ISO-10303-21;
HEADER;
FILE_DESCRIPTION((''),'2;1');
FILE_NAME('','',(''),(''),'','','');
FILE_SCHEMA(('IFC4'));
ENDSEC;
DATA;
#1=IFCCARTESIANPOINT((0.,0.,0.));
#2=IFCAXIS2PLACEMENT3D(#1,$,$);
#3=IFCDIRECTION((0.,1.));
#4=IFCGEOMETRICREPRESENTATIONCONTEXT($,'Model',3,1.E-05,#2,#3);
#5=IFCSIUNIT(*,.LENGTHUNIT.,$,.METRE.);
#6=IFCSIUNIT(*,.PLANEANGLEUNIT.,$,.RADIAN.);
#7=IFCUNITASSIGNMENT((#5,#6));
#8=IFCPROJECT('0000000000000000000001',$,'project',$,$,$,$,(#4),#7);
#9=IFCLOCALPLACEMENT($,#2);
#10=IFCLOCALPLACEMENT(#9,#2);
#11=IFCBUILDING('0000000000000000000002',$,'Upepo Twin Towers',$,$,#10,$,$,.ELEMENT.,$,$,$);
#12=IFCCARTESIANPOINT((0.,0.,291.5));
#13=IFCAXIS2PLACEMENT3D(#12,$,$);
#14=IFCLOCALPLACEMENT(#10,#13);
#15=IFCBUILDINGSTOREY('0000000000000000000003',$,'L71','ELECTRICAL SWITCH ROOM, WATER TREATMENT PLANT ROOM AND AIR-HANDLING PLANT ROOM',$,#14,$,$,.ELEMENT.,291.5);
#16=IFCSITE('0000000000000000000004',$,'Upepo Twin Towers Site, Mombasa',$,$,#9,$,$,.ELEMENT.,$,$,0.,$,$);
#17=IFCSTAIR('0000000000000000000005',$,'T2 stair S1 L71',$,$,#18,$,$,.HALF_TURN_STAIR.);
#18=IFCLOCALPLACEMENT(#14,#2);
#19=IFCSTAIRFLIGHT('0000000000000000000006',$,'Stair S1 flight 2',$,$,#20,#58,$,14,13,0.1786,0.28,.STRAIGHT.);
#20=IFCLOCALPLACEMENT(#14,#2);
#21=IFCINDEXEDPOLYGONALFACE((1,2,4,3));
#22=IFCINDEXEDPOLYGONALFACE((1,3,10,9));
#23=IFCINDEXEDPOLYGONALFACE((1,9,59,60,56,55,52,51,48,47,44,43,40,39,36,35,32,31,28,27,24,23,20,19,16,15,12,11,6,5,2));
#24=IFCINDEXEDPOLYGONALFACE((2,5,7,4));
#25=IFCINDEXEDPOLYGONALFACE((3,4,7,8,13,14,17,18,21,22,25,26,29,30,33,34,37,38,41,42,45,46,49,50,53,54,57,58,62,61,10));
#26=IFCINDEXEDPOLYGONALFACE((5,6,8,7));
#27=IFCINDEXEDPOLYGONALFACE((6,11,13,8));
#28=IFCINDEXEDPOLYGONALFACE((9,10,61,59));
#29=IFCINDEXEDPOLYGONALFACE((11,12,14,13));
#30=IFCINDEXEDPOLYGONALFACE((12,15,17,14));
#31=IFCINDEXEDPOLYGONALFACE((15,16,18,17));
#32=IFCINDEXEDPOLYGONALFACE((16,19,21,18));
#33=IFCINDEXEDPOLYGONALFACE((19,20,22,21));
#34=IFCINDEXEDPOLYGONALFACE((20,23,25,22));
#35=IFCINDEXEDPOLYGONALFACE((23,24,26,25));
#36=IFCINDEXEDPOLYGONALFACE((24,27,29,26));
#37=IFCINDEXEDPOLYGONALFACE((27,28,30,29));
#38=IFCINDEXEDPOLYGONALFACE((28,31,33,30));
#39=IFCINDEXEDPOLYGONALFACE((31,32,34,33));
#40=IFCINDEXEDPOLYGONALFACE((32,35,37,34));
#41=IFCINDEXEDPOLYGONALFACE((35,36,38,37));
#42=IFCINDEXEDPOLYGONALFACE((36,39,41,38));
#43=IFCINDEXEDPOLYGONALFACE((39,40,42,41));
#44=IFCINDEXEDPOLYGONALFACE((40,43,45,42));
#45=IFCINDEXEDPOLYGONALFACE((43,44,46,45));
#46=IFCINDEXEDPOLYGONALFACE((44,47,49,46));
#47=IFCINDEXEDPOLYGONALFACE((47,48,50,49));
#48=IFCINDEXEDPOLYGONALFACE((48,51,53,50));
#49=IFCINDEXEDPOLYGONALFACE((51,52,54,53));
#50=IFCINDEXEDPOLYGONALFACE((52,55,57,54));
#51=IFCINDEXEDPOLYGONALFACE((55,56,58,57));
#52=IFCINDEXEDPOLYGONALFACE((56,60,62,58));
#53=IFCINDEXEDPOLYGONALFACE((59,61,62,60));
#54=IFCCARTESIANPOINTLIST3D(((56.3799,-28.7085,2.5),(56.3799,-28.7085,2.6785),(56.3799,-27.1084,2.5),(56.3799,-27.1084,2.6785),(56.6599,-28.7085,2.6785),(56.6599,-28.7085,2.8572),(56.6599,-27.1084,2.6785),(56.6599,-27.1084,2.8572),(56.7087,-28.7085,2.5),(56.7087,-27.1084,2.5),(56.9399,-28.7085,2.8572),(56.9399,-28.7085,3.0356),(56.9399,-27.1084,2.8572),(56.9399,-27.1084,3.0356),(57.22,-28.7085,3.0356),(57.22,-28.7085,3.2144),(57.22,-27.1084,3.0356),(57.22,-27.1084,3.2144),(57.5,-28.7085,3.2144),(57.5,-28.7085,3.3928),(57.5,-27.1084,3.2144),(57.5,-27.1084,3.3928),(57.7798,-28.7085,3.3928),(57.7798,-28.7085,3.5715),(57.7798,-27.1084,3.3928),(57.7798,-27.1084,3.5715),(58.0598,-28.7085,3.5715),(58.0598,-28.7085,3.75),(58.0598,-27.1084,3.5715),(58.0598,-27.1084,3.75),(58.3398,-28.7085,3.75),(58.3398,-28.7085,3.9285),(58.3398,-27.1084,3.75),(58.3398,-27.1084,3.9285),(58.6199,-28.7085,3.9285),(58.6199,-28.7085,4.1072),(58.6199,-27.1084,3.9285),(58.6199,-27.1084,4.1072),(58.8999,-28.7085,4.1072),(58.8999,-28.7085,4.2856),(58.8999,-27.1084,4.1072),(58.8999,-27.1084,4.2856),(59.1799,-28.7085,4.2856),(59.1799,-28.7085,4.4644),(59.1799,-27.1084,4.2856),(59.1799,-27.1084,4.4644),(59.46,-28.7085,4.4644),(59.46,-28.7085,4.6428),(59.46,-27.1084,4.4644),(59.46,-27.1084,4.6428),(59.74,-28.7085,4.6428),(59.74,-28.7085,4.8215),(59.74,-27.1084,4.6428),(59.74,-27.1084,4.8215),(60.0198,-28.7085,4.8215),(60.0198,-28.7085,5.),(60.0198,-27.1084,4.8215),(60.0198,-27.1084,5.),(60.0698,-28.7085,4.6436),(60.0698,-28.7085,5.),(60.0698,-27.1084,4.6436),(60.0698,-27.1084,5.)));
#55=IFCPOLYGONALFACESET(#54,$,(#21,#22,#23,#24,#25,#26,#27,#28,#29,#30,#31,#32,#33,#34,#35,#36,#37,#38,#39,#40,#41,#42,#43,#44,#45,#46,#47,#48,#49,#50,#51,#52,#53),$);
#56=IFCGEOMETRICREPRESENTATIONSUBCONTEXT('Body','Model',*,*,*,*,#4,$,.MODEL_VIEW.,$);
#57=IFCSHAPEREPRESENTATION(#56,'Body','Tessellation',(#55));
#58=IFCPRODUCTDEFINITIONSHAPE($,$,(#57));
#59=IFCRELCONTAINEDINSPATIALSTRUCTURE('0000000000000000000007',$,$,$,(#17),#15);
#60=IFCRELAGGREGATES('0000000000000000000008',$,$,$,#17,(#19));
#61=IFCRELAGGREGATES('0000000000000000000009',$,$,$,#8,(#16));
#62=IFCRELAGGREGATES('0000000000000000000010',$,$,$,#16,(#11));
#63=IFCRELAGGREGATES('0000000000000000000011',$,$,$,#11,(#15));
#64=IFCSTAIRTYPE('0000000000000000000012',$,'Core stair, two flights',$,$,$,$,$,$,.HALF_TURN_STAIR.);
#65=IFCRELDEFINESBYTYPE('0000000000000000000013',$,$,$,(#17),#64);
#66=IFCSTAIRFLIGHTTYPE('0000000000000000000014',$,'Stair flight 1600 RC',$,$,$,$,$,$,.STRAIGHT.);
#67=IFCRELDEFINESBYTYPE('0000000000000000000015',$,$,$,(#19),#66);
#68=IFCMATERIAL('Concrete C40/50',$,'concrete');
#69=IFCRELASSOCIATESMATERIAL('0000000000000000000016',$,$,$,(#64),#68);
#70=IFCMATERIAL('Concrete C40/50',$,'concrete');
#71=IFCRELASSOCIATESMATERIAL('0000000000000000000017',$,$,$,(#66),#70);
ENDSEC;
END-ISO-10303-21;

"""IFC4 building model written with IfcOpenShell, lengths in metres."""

from ifc_helpers import new_model, si_unit, direction, frame, origin, place, context, subcontext, project, spatial, polyline, outline, extrude, material, type_object, element, aggregate, save


model = new_model("IFC4")

# Units and contexts
model_context = context("Model", 3, precision=1e-05, world=origin(), true_north=direction((0.0, 1.0)))
body_context = subcontext(model_context, "Body", "Model", "MODEL_VIEW")
ifc_project = project(units=[si_unit("LENGTHUNIT", "METRE"), si_unit("PLANEANGLEUNIT", "RADIAN")], contexts=[model_context])

# Site, building, storey
site_placement = place(None, origin())
site = spatial("IfcSite", under=ifc_project, at=site_placement, Name="Upepo Twin Towers Site, Mombasa", CompositionType="ELEMENT", RefElevation=0.0)
building_placement = place(site_placement, origin())
building = spatial("IfcBuilding", under=site, at=building_placement, Name="Upepo Twin Towers", CompositionType="ELEMENT")
storey_placement = place(building_placement, frame((0.0, 0.0, 291.5)))
storey = spatial("IfcBuildingStorey", under=building, at=storey_placement, Name="L71", Description="ELECTRICAL SWITCH ROOM, WATER TREATMENT PLANT ROOM AND AIR-HANDLING PLANT ROOM", CompositionType="ELEMENT", Elevation=291.5)

# Stair, stair flight
ifc_material_1 = material(Name="Concrete C40/50", Category="concrete")
stair_type = type_object("IfcStairType", Name="Core stair, two flights", PredefinedType="HALF_TURN_STAIR", material=ifc_material_1)
stair_placement = place(storey_placement, origin())
stair = element("IfcStair", 1, at=stair_placement, inside=storey, type_object=stair_type, Name="T2 stair S1 L71", PredefinedType="HALF_TURN_STAIR")
ifc_material_2 = material(Name="Concrete C40/50", Category="concrete")
stair_flight_type = type_object("IfcStairFlightType", Name="Stair flight 1600 RC", PredefinedType="STRAIGHT", material=ifc_material_2)
stair_flight_placement = place(storey_placement, frame((56.3799, -27.9084, 2.5), z_axis=(0.0, 0.0, 1.0), x_axis=(1.0, 0.0, 0.0)))
stair_flight = element("IfcStairFlight", 2, at=stair_flight_placement, type_object=stair_flight_type, Name="Stair S1 flight 2", NumberOfRisers=14, NumberOfTreads=13, PredefinedType="STRAIGHT", RiserHeight=0.1786, TreadLength=0.28, context=body_context, shape_type="SweptSolid", body=[
    extrude(outline(polyline([(0.0, 0.0), (0.0, 0.1785), (0.28, 0.1785), (0.28, 0.3572), (0.5601, 0.3572), (0.5601, 0.5356), (0.8401, 0.5356), (0.8401, 0.7144), (1.1201, 0.7144), (1.1201, 0.8928), (1.3999, 0.8928), (1.3999, 1.0715), (1.6799, 1.0715), (1.6799, 1.25), (1.96, 1.25), (1.96, 1.4285), (2.24, 1.4285), (2.24, 1.6072), (2.52, 1.6072), (2.52, 1.7856), (2.8, 1.7856), (2.8, 1.9644), (3.0801, 1.9644), (3.0801, 2.1428), (3.3601, 2.1428), (3.3601, 2.3215), (3.6399, 2.3215), (3.6399, 2.5), (3.6899, 2.5), (3.6899, 2.1436), (0.3289, 0.0), (0.0, 0.0)])), frame((0.0, 0.8, 0.0), z_axis=(0.0, -1.0, 0.0), x_axis=(1.0, 0.0, 0.0)), (0.0, 0.0, 1.0), 1.6001),
])
aggregate(stair, [stair_flight])

save(model, "model.ifc")
